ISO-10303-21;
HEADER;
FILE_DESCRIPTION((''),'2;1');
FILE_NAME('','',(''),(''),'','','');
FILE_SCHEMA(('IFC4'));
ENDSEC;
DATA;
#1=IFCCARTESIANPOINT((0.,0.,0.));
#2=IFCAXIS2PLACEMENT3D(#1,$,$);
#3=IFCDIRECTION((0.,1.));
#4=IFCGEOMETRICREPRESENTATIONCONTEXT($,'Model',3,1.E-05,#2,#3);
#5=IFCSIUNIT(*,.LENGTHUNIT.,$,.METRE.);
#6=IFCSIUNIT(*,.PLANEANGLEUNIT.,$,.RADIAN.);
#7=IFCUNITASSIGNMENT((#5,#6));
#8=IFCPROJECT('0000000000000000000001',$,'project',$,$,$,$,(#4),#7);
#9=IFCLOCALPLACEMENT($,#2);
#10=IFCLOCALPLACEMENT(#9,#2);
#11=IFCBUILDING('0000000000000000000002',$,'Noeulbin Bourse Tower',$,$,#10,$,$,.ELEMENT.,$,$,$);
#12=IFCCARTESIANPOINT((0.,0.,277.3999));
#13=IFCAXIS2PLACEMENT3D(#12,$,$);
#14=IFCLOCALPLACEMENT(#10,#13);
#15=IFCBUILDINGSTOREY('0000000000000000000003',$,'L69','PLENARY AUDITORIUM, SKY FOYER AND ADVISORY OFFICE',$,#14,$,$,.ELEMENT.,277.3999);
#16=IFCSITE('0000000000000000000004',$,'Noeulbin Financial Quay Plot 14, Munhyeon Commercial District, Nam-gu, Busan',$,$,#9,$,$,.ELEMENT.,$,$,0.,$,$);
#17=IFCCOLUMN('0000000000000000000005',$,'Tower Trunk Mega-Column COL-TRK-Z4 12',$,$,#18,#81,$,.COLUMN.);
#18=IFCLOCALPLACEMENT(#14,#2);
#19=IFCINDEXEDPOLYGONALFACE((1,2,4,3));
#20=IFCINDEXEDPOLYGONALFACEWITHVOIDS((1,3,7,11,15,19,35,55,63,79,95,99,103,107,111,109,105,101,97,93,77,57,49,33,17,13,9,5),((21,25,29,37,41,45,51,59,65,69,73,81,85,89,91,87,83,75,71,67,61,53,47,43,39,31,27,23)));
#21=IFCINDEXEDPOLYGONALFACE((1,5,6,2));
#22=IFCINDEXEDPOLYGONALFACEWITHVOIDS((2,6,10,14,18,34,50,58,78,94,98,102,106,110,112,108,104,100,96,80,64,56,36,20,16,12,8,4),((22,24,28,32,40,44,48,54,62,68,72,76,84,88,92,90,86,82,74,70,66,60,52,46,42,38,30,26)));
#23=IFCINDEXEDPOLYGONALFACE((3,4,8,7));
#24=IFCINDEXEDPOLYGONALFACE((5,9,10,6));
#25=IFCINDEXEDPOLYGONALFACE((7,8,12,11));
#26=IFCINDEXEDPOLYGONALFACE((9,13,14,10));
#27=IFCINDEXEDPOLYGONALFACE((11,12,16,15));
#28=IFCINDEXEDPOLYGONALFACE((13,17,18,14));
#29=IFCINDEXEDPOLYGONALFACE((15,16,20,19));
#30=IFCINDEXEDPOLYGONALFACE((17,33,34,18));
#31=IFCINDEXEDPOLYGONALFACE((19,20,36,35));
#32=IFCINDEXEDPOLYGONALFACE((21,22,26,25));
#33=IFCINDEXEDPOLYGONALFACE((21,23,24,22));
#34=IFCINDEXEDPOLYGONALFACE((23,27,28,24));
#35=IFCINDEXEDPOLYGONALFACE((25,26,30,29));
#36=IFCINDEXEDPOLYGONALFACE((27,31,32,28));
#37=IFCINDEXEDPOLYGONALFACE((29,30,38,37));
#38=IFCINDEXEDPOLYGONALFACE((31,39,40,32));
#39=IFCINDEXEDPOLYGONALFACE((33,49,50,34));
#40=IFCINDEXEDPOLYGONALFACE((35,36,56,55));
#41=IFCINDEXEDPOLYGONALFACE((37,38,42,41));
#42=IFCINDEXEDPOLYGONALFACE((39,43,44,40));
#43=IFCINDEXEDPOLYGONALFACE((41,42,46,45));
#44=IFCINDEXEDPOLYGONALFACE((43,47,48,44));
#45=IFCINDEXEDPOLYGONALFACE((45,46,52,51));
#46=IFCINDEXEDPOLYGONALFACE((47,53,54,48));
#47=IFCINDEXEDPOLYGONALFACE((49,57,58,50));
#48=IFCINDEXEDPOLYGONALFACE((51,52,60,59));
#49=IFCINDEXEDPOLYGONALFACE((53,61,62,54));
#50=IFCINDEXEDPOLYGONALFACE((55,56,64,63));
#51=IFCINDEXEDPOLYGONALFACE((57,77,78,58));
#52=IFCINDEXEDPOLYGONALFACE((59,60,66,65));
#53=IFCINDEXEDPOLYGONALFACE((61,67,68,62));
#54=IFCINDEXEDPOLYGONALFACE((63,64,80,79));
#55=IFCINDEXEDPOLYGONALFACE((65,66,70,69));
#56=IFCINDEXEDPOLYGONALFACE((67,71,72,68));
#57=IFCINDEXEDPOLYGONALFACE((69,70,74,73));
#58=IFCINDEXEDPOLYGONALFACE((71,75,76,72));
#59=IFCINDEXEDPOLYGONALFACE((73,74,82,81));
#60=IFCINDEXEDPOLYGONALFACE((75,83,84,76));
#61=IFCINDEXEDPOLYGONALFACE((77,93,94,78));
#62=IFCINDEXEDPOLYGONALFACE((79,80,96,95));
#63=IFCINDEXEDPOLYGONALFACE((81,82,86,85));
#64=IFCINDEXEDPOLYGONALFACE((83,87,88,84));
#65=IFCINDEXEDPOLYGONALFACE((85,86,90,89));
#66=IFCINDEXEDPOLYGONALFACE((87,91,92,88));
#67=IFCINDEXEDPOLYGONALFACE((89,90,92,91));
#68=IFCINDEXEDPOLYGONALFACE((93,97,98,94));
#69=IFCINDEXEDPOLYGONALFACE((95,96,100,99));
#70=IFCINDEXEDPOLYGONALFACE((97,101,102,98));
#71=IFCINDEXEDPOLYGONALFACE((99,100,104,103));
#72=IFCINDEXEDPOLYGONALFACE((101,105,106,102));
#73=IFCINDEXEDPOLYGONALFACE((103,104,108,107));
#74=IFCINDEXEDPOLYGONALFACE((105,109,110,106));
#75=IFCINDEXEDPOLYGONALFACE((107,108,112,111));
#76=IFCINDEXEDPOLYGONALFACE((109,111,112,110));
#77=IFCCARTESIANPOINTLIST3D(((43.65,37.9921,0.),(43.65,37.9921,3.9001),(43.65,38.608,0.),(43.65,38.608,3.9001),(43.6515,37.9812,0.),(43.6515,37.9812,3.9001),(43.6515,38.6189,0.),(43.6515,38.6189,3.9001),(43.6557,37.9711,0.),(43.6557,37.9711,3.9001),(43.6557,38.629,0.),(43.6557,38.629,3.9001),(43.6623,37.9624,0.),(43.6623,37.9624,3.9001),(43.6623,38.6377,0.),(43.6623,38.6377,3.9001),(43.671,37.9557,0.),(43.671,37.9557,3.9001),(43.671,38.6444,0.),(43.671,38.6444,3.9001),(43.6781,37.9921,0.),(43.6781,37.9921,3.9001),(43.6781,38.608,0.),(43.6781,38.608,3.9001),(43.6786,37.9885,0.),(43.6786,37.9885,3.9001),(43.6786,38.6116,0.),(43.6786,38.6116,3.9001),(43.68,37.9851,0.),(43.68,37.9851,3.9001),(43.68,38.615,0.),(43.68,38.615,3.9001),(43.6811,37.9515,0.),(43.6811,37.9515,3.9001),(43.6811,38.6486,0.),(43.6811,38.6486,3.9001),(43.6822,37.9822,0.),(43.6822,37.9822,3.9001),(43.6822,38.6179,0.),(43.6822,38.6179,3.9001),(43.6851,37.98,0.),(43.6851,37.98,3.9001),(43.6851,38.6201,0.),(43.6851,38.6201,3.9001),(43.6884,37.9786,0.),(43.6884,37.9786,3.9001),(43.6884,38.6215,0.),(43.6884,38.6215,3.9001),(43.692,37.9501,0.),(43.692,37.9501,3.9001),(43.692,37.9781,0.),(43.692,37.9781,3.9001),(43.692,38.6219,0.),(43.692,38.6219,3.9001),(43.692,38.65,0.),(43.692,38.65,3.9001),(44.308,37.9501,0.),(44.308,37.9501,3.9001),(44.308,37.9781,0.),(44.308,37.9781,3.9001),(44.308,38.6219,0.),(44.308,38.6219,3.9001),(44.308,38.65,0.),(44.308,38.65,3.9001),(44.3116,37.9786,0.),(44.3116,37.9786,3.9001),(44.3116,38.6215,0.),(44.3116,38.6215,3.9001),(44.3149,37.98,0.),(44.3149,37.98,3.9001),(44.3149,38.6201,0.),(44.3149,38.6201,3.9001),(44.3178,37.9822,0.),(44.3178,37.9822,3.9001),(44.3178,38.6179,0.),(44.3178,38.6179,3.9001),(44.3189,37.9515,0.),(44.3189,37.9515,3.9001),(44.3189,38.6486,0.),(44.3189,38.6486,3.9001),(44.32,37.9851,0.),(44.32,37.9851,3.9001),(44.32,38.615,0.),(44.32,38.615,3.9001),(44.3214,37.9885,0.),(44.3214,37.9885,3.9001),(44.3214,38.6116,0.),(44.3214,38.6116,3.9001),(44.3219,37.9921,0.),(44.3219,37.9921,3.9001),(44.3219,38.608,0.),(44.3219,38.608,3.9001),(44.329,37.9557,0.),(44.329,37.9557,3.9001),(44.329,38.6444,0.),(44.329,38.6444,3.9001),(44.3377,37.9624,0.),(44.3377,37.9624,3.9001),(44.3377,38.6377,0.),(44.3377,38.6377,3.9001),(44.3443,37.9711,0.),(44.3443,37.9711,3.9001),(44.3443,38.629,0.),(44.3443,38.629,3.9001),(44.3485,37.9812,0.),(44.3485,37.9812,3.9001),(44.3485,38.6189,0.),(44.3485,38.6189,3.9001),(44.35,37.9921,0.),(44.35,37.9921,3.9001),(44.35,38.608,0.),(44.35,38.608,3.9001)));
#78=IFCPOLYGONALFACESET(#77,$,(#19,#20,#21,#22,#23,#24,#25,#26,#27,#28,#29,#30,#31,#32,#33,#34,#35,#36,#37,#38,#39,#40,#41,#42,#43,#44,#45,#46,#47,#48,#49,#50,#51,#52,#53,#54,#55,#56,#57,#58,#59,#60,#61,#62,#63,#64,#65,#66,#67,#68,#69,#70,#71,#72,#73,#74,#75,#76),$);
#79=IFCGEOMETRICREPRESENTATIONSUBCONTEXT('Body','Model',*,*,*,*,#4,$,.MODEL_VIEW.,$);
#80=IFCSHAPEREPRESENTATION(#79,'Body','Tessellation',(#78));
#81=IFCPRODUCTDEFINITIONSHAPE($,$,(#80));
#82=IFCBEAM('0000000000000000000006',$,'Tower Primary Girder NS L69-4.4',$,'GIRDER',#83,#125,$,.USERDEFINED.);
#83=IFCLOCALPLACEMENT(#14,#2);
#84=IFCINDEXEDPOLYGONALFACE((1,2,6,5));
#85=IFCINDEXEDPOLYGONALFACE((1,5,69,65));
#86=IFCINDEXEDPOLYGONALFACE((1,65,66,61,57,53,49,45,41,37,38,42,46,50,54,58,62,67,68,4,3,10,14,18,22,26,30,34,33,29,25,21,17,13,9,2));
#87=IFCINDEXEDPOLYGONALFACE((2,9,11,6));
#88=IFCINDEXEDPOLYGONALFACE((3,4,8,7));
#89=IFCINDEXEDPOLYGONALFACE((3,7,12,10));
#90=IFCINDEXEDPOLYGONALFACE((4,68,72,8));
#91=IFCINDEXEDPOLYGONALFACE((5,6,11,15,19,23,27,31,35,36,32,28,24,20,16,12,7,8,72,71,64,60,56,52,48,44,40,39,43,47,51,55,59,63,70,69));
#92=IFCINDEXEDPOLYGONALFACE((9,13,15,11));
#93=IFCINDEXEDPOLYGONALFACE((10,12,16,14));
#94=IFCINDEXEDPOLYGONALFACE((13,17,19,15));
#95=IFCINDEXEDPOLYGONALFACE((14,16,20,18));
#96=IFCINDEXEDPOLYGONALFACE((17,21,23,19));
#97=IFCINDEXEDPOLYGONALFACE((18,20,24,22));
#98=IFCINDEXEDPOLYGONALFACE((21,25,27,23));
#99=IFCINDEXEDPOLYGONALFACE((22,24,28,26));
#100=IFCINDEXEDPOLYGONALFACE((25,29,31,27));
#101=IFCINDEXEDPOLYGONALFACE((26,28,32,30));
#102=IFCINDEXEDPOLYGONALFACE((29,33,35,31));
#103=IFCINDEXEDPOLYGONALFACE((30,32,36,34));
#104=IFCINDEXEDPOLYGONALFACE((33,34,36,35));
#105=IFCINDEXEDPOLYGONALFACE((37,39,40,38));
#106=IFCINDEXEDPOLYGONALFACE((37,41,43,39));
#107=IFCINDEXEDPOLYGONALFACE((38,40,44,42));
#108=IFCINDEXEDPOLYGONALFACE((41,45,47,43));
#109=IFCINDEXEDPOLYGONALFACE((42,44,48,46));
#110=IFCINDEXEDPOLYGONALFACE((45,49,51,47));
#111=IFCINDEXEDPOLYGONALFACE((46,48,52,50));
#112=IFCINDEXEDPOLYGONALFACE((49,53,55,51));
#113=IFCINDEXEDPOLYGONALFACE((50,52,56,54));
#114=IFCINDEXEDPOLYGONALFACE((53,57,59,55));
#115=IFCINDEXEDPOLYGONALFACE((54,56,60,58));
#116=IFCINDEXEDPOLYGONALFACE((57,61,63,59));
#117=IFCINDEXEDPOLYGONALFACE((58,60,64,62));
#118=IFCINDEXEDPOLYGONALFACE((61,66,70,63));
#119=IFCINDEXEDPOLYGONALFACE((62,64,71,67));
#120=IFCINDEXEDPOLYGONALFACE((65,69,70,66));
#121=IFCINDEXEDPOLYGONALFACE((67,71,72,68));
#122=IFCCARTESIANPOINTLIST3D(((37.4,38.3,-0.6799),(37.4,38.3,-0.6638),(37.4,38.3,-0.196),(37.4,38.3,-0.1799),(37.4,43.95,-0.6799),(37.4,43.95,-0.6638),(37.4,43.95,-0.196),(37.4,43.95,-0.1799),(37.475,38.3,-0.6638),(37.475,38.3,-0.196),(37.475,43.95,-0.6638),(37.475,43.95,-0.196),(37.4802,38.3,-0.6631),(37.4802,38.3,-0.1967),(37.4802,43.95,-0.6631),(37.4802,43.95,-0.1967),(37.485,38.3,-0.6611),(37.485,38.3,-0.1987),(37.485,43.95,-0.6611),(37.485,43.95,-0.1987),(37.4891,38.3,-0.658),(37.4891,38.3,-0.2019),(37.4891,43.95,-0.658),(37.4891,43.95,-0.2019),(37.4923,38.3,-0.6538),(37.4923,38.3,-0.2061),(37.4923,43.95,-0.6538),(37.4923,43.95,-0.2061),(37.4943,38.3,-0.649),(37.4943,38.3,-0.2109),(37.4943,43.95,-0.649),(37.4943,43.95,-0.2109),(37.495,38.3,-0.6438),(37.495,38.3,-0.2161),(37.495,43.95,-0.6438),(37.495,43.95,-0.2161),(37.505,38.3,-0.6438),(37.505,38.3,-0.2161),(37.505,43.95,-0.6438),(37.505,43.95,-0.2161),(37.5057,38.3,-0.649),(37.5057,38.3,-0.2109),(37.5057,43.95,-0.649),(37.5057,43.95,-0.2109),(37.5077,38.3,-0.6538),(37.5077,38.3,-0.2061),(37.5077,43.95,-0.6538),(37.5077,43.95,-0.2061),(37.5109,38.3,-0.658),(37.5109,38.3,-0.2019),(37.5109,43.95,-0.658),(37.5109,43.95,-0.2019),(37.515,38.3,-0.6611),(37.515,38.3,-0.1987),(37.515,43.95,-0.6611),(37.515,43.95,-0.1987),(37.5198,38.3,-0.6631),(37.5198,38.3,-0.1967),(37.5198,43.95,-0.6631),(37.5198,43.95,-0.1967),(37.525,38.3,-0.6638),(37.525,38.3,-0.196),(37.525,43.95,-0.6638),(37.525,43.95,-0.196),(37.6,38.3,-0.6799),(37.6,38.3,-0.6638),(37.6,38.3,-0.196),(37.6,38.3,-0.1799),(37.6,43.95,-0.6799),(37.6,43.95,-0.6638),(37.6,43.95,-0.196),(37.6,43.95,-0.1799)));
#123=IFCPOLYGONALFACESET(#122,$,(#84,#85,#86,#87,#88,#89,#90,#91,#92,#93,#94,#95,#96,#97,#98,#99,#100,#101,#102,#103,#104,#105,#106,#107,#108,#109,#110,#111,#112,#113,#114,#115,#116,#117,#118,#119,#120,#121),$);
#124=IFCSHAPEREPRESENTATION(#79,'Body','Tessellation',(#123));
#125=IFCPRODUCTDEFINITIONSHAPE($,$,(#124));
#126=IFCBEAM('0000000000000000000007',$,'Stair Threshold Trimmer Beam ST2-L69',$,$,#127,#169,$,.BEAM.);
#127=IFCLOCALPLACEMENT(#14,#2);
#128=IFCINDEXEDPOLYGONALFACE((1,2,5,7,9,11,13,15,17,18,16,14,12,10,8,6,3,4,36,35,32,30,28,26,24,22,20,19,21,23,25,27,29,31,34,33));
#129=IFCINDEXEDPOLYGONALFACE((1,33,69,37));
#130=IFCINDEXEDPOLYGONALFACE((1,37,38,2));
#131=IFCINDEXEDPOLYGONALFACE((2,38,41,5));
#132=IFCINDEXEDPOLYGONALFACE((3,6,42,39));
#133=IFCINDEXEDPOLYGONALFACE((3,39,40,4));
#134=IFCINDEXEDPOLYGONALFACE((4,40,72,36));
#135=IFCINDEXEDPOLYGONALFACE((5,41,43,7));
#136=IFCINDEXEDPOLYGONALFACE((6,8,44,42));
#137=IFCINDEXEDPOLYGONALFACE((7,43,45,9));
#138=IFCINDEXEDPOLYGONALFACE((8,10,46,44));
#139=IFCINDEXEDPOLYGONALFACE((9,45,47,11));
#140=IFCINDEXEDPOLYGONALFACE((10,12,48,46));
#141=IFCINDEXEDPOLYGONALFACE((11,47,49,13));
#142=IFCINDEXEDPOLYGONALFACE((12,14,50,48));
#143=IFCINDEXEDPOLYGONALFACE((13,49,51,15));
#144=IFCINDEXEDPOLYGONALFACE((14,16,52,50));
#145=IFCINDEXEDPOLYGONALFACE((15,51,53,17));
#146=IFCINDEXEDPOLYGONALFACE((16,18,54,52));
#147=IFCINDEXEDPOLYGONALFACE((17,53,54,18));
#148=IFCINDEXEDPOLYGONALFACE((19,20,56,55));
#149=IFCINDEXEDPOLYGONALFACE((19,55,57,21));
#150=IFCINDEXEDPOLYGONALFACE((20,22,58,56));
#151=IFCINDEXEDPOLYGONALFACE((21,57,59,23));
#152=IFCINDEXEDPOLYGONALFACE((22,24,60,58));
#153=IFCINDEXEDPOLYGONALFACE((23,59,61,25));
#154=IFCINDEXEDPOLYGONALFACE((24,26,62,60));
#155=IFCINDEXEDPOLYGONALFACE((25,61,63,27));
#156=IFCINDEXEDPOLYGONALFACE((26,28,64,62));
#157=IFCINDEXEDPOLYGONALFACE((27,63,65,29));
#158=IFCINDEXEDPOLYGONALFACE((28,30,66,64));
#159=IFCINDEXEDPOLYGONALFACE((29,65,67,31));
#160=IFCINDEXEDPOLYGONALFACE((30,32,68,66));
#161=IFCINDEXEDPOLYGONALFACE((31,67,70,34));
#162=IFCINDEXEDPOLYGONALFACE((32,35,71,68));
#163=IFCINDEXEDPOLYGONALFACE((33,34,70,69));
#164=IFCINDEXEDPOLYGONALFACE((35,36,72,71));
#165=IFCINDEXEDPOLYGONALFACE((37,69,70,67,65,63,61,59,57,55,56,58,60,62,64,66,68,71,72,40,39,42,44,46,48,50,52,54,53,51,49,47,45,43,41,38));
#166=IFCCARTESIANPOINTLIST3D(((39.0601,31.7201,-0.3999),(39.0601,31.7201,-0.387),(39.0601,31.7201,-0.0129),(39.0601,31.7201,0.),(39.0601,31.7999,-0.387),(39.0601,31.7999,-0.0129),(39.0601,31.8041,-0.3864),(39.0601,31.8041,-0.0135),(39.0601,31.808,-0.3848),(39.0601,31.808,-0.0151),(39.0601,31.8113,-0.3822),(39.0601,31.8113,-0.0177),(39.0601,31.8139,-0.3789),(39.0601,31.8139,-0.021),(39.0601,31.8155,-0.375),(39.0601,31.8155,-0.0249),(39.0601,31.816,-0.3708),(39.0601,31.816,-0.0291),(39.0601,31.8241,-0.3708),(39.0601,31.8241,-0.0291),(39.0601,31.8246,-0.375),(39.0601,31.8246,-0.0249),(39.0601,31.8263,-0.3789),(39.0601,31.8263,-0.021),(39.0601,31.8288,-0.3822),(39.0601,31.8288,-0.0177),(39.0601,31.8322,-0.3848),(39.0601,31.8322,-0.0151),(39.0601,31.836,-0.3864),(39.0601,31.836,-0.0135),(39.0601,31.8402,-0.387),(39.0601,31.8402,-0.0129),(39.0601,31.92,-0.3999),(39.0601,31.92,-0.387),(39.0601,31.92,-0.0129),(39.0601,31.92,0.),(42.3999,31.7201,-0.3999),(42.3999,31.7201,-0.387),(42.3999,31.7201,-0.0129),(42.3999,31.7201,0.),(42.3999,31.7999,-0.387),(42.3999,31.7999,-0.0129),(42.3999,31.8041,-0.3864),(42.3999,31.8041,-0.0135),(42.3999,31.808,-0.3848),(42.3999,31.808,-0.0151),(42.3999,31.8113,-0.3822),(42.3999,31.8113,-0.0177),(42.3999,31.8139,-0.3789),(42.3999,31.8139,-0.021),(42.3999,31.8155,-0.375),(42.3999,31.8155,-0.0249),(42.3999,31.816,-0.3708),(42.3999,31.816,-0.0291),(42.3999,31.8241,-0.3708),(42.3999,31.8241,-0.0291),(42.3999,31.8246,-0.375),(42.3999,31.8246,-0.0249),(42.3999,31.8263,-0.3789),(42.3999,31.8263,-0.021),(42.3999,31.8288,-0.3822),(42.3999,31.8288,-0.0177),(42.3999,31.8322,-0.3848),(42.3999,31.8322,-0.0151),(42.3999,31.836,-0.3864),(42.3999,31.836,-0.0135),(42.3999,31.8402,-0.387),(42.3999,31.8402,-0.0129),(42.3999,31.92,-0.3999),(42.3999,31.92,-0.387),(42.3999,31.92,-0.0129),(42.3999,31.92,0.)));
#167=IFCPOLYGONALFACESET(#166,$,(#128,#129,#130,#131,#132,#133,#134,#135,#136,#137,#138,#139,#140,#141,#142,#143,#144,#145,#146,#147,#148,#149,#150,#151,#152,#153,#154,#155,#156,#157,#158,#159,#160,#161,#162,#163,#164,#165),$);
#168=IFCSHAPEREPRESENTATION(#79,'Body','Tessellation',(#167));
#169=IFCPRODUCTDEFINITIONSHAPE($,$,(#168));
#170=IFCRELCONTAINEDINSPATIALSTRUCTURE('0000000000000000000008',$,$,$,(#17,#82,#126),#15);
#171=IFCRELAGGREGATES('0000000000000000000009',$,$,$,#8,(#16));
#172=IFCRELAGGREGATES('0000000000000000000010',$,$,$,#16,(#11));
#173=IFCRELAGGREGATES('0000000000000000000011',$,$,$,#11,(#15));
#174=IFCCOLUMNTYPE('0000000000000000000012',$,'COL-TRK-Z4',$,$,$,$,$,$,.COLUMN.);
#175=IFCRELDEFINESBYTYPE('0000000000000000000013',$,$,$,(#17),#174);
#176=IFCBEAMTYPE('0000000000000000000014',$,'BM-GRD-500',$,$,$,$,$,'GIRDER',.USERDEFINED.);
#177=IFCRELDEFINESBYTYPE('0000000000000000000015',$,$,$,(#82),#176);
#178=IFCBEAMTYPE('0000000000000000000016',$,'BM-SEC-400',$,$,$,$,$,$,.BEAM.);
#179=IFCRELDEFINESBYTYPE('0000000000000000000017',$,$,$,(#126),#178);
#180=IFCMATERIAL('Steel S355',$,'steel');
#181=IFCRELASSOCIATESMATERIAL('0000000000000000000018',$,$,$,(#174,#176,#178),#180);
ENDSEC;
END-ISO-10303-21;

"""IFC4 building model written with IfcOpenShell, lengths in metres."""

from ifc_helpers import new_model, si_unit, direction, frame, origin, origin_2d, place, context, subcontext, project, spatial, hollow_rectangle, i_section, extrude, material, material_profile, profile_set, type_object, element, save


model = new_model("IFC4")

# Units and contexts
model_context = context("Model", 3, precision=1e-05, world=origin(), true_north=direction((0.0, 1.0)))
body_context = subcontext(model_context, "Body", "Model", "MODEL_VIEW")
ifc_project = project(units=[si_unit("LENGTHUNIT", "METRE"), si_unit("PLANEANGLEUNIT", "RADIAN")], contexts=[model_context])

# Site, building, storey
site_placement = place(None, origin())
site = spatial("IfcSite", under=ifc_project, at=site_placement, Name="Noeulbin Financial Quay Plot 14, Munhyeon Commercial District, Nam-gu, Busan", CompositionType="ELEMENT", RefElevation=0.0)
building_placement = place(site_placement, origin())
building = spatial("IfcBuilding", under=site, at=building_placement, Name="Noeulbin Bourse Tower", CompositionType="ELEMENT")
storey_placement = place(building_placement, frame((0.0, 0.0, 277.3999)))
storey = spatial("IfcBuildingStorey", under=building, at=storey_placement, Name="L69", Description="PLENARY AUDITORIUM, SKY FOYER AND ADVISORY OFFICE", CompositionType="ELEMENT", Elevation=277.3999)

# Column
ifc_material_1 = material(Name="Steel S355", Category="steel")
ifc_material_profile_1 = material_profile(ifc_material_1, hollow_rectangle(XDim=0.7, YDim=0.7, WallThickness=0.0281, InnerFilletRadius=0.0139, OuterFilletRadius=0.042, at=origin_2d()), Name="BOX-700x700x28", Category="LoadBearing")
ifc_profile_set_1 = profile_set([ifc_material_profile_1], Name="Steel S355")
column_type_1 = type_object("IfcColumnType", Name="COL-TRK-Z4", PredefinedType="COLUMN", material=ifc_profile_set_1)
for number, where, z_axis, x_axis, name in (
    (1, (44.0, 38.3, 0.0), (0.0, 0.0, 1.0), (1.0, 0.0, 0.0), "Tower Trunk Mega-Column COL-TRK-Z4 12"),
):
    element("IfcColumn", number, at=place(storey_placement, frame(where, z_axis=z_axis, x_axis=x_axis)), inside=storey, type_object=column_type_1, Name=name, PredefinedType="COLUMN", context=body_context, shape_type="SweptSolid", body=[
        extrude(hollow_rectangle(XDim=0.7, YDim=0.7, WallThickness=0.0281, InnerFilletRadius=0.0139, OuterFilletRadius=0.042, at=origin_2d()), origin(), (0.0, 0.0, 1.0), 3.9001),
    ])

# Beams
ifc_material_profile_2 = material_profile(ifc_material_1, i_section(OverallWidth=0.2, OverallDepth=0.5, WebThickness=0.01, FlangeThickness=0.0161, FilletRadius=0.02, at=origin_2d()), Name="H-500x200x10x16", Category="LoadBearing")
ifc_profile_set_2 = profile_set([ifc_material_profile_2], Name="Steel S355")
beam_type_1 = type_object("IfcBeamType", Name="BM-GRD-500", ElementType="GIRDER", PredefinedType="USERDEFINED", material=ifc_profile_set_2)
beam_1_placement = place(storey_placement, frame((37.5, 38.3, -0.4299), z_axis=(0.0, 1.0, 0.0), x_axis=(-1.0, 0.0, 0.0)))
element("IfcBeam", 2, at=beam_1_placement, inside=storey, type_object=beam_type_1, Name="Tower Primary Girder NS L69-4.4", ObjectType="GIRDER", PredefinedType="USERDEFINED", context=body_context, shape_type="SweptSolid", body=[
    extrude(i_section(OverallWidth=0.2, OverallDepth=0.5, WebThickness=0.01, FlangeThickness=0.0161, FilletRadius=0.02, at=origin_2d()), origin(), (0.0, 0.0, 1.0), 5.6499),
])
ifc_material_profile_3 = material_profile(ifc_material_1, i_section(OverallWidth=0.2, OverallDepth=0.3999, WebThickness=0.0081, FlangeThickness=0.0129, FilletRadius=0.0161, at=origin_2d()), Name="H-400x200x8x13", Category="LoadBearing")
ifc_profile_set_3 = profile_set([ifc_material_profile_3], Name="Steel S355")
beam_type_2 = type_object("IfcBeamType", Name="BM-SEC-400", PredefinedType="BEAM", material=ifc_profile_set_3)
beam_2_placement = place(storey_placement, frame((39.0601, 31.8201, -0.2), z_axis=(1.0, 0.0, 0.0), x_axis=(0.0, 1.0, 0.0)))
element("IfcBeam", 3, at=beam_2_placement, inside=storey, type_object=beam_type_2, Name="Stair Threshold Trimmer Beam ST2-L69", PredefinedType="BEAM", context=body_context, shape_type="SweptSolid", body=[
    extrude(i_section(OverallWidth=0.2, OverallDepth=0.3999, WebThickness=0.0081, FlangeThickness=0.0129, FilletRadius=0.0161, at=origin_2d()), origin(), (0.0, 0.0, 1.0), 3.3398),
])

save(model, "model.ifc")
